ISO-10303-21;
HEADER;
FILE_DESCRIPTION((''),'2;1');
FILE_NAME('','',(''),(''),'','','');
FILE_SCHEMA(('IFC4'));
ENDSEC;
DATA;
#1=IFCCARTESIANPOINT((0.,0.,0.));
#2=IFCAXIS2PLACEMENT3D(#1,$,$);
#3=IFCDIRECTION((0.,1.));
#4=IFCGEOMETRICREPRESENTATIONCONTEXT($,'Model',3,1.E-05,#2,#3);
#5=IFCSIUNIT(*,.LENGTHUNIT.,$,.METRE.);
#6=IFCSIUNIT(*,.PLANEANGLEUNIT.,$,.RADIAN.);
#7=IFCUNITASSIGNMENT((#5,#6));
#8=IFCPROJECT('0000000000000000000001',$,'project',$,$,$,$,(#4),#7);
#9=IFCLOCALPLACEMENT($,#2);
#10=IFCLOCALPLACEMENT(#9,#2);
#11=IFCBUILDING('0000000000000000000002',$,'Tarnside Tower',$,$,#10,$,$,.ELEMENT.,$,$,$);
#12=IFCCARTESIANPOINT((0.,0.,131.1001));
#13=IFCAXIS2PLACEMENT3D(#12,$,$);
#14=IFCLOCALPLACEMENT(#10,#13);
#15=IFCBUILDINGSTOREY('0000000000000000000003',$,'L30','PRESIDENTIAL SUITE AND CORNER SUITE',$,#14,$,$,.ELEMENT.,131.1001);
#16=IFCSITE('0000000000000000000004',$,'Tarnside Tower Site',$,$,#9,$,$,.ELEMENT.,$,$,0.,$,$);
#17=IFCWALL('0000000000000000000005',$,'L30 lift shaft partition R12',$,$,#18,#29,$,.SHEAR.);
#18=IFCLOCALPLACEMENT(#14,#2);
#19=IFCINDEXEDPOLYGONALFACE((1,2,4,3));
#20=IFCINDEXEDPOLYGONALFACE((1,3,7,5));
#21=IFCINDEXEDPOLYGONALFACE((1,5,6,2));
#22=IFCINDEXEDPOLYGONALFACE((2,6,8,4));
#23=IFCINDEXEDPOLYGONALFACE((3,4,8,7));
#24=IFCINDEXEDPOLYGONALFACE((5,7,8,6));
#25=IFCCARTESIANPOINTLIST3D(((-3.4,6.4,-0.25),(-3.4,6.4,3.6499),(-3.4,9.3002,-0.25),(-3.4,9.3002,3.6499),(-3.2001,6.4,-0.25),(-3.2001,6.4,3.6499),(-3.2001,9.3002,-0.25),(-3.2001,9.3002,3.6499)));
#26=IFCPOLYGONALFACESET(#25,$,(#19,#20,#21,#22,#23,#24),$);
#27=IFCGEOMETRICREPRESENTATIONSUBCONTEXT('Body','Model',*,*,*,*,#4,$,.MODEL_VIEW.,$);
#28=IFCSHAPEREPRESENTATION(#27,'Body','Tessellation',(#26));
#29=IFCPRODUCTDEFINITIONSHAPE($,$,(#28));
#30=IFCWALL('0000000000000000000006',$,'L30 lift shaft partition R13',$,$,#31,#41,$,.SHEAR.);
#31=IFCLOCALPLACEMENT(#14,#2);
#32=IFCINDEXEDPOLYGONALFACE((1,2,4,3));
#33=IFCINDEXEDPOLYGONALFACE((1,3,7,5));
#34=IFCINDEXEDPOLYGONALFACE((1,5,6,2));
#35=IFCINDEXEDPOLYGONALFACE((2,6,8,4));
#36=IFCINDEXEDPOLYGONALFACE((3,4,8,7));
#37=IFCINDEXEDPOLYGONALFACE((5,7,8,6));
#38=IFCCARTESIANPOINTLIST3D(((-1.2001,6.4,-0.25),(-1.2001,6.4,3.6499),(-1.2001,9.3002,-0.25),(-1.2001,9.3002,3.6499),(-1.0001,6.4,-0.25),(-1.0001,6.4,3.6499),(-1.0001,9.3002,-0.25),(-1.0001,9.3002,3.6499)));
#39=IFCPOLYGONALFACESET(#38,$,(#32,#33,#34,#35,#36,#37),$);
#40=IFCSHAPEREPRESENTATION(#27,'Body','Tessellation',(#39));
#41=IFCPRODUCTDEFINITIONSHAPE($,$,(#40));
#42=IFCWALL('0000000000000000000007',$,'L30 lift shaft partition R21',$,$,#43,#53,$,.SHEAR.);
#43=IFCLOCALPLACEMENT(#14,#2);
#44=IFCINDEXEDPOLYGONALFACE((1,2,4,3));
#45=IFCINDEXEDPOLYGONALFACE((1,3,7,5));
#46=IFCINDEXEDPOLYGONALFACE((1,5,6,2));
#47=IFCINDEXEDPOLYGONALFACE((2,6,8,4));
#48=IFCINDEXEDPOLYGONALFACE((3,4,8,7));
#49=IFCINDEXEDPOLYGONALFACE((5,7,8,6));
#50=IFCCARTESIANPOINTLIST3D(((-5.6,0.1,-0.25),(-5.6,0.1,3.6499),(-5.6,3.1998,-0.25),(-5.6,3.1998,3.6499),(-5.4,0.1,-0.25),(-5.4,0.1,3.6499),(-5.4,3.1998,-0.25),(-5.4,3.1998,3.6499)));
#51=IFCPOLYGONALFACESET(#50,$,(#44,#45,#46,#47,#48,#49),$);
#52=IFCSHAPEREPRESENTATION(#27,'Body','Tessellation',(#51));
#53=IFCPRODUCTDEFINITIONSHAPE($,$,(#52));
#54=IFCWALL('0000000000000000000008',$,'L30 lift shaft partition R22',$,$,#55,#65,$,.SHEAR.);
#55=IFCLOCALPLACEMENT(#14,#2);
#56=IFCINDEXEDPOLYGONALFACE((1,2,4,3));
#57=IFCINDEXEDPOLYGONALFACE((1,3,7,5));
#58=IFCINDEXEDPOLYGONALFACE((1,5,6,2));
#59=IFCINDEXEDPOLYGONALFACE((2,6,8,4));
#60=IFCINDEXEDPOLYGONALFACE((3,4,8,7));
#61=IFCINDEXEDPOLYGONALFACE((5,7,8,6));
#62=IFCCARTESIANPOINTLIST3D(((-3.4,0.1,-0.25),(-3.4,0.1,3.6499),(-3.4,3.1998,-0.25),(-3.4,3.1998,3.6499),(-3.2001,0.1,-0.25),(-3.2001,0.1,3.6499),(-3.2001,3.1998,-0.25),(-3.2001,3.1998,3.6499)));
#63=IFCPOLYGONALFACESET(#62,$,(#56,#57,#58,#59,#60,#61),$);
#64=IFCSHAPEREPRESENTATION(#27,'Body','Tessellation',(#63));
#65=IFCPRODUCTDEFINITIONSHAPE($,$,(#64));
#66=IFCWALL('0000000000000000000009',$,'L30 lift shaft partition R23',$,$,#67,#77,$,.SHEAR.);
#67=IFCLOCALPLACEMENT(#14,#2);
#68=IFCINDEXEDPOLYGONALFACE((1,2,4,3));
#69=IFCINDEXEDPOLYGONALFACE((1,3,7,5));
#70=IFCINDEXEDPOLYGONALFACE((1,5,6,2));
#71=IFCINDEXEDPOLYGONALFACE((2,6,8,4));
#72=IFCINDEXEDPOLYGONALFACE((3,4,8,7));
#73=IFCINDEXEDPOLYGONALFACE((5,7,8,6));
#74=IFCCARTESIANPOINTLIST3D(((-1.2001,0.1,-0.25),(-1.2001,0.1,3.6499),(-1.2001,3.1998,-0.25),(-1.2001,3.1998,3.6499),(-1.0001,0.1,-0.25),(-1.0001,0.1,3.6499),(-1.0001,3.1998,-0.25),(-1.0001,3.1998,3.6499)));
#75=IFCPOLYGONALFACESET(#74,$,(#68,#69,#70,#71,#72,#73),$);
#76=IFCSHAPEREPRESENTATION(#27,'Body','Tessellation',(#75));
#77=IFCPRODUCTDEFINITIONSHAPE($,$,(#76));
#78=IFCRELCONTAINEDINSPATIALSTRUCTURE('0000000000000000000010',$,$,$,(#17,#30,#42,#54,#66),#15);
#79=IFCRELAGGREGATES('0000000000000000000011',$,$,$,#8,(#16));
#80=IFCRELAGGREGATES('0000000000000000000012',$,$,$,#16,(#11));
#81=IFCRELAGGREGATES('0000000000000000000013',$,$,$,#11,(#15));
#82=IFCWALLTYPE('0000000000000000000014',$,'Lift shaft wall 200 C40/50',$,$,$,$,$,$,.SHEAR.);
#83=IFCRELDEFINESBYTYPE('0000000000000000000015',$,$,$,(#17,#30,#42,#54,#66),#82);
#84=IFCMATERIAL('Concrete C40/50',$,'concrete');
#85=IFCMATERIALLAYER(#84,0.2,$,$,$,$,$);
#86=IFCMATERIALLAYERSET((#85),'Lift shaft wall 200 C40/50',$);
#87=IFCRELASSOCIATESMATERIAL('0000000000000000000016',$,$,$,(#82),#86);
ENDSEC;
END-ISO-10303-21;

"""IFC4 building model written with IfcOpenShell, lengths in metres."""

from ifc_helpers import new_model, si_unit, direction, frame, frame_2d, origin, place, context, subcontext, project, spatial, rectangle, extrude, material, layer, layer_set, type_object, element, save


model = new_model("IFC4")

# Units and contexts
model_context = context("Model", 3, precision=1e-05, world=origin(), true_north=direction((0.0, 1.0)))
body_context = subcontext(model_context, "Body", "Model", "MODEL_VIEW")
ifc_project = project(units=[si_unit("LENGTHUNIT", "METRE"), si_unit("PLANEANGLEUNIT", "RADIAN")], contexts=[model_context])

# Site, building, storey
site_placement = place(None, origin())
site = spatial("IfcSite", under=ifc_project, at=site_placement, Name="Tarnside Tower Site", CompositionType="ELEMENT", RefElevation=0.0)
building_placement = place(site_placement, origin())
building = spatial("IfcBuilding", under=site, at=building_placement, Name="Tarnside Tower", CompositionType="ELEMENT")
storey_placement = place(building_placement, frame((0.0, 0.0, 131.1001)))
storey = spatial("IfcBuildingStorey", under=building, at=storey_placement, Name="L30", Description="PRESIDENTIAL SUITE AND CORNER SUITE", CompositionType="ELEMENT", Elevation=131.1001)

# Shared definitions
ifc_material_1 = material(Name="Concrete C40/50", Category="concrete")
ifc_layer_1 = layer(ifc_material_1, 0.2)
ifc_layer_set_1 = layer_set([ifc_layer_1], Name="Lift shaft wall 200 C40/50")
wall_type = type_object("IfcWallType", Name="Lift shaft wall 200 C40/50", PredefinedType="SHEAR", material=ifc_layer_set_1)

# Walls
for number, where, z_axis, x_axis, name in (
    (1, (-3.3, 6.3999, -0.25), (0.0, 0.0, 1.0), (0.0, 1.0, 0.0), "L30 lift shaft partition R12"),
    (2, (-1.1001, 6.3999, -0.25), (0.0, 0.0, 1.0), (0.0, 1.0, 0.0), "L30 lift shaft partition R13"),
):
    element("IfcWall", number, at=place(storey_placement, frame(where, z_axis=z_axis, x_axis=x_axis)), inside=storey, type_object=wall_type, Name=name, PredefinedType="SHEAR", context=body_context, shape_type="SweptSolid", body=[
        extrude(rectangle(XDim=2.9001, YDim=0.2, at=frame_2d((1.4502, 0.0))), origin(), (0.0, 0.0, 1.0), 3.8999),
    ])
for number, where, z_axis, x_axis, name in (
    (3, (-5.5, 0.1001, -0.25), (0.0, 0.0, 1.0), (0.0, 1.0, 0.0), "L30 lift shaft partition R21"),
    (4, (-3.3, 0.1001, -0.25), (0.0, 0.0, 1.0), (0.0, 1.0, 0.0), "L30 lift shaft partition R22"),
    (5, (-1.1001, 0.1001, -0.25), (0.0, 0.0, 1.0), (0.0, 1.0, 0.0), "L30 lift shaft partition R23"),
):
    element("IfcWall", number, at=place(storey_placement, frame(where, z_axis=z_axis, x_axis=x_axis)), inside=storey, type_object=wall_type, Name=name, PredefinedType="SHEAR", context=body_context, shape_type="SweptSolid", body=[
        extrude(rectangle(XDim=3.0999, YDim=0.2, at=frame_2d((1.5498, 0.0))), origin(), (0.0, 0.0, 1.0), 3.8999),
    ])

save(model, "model.ifc")
